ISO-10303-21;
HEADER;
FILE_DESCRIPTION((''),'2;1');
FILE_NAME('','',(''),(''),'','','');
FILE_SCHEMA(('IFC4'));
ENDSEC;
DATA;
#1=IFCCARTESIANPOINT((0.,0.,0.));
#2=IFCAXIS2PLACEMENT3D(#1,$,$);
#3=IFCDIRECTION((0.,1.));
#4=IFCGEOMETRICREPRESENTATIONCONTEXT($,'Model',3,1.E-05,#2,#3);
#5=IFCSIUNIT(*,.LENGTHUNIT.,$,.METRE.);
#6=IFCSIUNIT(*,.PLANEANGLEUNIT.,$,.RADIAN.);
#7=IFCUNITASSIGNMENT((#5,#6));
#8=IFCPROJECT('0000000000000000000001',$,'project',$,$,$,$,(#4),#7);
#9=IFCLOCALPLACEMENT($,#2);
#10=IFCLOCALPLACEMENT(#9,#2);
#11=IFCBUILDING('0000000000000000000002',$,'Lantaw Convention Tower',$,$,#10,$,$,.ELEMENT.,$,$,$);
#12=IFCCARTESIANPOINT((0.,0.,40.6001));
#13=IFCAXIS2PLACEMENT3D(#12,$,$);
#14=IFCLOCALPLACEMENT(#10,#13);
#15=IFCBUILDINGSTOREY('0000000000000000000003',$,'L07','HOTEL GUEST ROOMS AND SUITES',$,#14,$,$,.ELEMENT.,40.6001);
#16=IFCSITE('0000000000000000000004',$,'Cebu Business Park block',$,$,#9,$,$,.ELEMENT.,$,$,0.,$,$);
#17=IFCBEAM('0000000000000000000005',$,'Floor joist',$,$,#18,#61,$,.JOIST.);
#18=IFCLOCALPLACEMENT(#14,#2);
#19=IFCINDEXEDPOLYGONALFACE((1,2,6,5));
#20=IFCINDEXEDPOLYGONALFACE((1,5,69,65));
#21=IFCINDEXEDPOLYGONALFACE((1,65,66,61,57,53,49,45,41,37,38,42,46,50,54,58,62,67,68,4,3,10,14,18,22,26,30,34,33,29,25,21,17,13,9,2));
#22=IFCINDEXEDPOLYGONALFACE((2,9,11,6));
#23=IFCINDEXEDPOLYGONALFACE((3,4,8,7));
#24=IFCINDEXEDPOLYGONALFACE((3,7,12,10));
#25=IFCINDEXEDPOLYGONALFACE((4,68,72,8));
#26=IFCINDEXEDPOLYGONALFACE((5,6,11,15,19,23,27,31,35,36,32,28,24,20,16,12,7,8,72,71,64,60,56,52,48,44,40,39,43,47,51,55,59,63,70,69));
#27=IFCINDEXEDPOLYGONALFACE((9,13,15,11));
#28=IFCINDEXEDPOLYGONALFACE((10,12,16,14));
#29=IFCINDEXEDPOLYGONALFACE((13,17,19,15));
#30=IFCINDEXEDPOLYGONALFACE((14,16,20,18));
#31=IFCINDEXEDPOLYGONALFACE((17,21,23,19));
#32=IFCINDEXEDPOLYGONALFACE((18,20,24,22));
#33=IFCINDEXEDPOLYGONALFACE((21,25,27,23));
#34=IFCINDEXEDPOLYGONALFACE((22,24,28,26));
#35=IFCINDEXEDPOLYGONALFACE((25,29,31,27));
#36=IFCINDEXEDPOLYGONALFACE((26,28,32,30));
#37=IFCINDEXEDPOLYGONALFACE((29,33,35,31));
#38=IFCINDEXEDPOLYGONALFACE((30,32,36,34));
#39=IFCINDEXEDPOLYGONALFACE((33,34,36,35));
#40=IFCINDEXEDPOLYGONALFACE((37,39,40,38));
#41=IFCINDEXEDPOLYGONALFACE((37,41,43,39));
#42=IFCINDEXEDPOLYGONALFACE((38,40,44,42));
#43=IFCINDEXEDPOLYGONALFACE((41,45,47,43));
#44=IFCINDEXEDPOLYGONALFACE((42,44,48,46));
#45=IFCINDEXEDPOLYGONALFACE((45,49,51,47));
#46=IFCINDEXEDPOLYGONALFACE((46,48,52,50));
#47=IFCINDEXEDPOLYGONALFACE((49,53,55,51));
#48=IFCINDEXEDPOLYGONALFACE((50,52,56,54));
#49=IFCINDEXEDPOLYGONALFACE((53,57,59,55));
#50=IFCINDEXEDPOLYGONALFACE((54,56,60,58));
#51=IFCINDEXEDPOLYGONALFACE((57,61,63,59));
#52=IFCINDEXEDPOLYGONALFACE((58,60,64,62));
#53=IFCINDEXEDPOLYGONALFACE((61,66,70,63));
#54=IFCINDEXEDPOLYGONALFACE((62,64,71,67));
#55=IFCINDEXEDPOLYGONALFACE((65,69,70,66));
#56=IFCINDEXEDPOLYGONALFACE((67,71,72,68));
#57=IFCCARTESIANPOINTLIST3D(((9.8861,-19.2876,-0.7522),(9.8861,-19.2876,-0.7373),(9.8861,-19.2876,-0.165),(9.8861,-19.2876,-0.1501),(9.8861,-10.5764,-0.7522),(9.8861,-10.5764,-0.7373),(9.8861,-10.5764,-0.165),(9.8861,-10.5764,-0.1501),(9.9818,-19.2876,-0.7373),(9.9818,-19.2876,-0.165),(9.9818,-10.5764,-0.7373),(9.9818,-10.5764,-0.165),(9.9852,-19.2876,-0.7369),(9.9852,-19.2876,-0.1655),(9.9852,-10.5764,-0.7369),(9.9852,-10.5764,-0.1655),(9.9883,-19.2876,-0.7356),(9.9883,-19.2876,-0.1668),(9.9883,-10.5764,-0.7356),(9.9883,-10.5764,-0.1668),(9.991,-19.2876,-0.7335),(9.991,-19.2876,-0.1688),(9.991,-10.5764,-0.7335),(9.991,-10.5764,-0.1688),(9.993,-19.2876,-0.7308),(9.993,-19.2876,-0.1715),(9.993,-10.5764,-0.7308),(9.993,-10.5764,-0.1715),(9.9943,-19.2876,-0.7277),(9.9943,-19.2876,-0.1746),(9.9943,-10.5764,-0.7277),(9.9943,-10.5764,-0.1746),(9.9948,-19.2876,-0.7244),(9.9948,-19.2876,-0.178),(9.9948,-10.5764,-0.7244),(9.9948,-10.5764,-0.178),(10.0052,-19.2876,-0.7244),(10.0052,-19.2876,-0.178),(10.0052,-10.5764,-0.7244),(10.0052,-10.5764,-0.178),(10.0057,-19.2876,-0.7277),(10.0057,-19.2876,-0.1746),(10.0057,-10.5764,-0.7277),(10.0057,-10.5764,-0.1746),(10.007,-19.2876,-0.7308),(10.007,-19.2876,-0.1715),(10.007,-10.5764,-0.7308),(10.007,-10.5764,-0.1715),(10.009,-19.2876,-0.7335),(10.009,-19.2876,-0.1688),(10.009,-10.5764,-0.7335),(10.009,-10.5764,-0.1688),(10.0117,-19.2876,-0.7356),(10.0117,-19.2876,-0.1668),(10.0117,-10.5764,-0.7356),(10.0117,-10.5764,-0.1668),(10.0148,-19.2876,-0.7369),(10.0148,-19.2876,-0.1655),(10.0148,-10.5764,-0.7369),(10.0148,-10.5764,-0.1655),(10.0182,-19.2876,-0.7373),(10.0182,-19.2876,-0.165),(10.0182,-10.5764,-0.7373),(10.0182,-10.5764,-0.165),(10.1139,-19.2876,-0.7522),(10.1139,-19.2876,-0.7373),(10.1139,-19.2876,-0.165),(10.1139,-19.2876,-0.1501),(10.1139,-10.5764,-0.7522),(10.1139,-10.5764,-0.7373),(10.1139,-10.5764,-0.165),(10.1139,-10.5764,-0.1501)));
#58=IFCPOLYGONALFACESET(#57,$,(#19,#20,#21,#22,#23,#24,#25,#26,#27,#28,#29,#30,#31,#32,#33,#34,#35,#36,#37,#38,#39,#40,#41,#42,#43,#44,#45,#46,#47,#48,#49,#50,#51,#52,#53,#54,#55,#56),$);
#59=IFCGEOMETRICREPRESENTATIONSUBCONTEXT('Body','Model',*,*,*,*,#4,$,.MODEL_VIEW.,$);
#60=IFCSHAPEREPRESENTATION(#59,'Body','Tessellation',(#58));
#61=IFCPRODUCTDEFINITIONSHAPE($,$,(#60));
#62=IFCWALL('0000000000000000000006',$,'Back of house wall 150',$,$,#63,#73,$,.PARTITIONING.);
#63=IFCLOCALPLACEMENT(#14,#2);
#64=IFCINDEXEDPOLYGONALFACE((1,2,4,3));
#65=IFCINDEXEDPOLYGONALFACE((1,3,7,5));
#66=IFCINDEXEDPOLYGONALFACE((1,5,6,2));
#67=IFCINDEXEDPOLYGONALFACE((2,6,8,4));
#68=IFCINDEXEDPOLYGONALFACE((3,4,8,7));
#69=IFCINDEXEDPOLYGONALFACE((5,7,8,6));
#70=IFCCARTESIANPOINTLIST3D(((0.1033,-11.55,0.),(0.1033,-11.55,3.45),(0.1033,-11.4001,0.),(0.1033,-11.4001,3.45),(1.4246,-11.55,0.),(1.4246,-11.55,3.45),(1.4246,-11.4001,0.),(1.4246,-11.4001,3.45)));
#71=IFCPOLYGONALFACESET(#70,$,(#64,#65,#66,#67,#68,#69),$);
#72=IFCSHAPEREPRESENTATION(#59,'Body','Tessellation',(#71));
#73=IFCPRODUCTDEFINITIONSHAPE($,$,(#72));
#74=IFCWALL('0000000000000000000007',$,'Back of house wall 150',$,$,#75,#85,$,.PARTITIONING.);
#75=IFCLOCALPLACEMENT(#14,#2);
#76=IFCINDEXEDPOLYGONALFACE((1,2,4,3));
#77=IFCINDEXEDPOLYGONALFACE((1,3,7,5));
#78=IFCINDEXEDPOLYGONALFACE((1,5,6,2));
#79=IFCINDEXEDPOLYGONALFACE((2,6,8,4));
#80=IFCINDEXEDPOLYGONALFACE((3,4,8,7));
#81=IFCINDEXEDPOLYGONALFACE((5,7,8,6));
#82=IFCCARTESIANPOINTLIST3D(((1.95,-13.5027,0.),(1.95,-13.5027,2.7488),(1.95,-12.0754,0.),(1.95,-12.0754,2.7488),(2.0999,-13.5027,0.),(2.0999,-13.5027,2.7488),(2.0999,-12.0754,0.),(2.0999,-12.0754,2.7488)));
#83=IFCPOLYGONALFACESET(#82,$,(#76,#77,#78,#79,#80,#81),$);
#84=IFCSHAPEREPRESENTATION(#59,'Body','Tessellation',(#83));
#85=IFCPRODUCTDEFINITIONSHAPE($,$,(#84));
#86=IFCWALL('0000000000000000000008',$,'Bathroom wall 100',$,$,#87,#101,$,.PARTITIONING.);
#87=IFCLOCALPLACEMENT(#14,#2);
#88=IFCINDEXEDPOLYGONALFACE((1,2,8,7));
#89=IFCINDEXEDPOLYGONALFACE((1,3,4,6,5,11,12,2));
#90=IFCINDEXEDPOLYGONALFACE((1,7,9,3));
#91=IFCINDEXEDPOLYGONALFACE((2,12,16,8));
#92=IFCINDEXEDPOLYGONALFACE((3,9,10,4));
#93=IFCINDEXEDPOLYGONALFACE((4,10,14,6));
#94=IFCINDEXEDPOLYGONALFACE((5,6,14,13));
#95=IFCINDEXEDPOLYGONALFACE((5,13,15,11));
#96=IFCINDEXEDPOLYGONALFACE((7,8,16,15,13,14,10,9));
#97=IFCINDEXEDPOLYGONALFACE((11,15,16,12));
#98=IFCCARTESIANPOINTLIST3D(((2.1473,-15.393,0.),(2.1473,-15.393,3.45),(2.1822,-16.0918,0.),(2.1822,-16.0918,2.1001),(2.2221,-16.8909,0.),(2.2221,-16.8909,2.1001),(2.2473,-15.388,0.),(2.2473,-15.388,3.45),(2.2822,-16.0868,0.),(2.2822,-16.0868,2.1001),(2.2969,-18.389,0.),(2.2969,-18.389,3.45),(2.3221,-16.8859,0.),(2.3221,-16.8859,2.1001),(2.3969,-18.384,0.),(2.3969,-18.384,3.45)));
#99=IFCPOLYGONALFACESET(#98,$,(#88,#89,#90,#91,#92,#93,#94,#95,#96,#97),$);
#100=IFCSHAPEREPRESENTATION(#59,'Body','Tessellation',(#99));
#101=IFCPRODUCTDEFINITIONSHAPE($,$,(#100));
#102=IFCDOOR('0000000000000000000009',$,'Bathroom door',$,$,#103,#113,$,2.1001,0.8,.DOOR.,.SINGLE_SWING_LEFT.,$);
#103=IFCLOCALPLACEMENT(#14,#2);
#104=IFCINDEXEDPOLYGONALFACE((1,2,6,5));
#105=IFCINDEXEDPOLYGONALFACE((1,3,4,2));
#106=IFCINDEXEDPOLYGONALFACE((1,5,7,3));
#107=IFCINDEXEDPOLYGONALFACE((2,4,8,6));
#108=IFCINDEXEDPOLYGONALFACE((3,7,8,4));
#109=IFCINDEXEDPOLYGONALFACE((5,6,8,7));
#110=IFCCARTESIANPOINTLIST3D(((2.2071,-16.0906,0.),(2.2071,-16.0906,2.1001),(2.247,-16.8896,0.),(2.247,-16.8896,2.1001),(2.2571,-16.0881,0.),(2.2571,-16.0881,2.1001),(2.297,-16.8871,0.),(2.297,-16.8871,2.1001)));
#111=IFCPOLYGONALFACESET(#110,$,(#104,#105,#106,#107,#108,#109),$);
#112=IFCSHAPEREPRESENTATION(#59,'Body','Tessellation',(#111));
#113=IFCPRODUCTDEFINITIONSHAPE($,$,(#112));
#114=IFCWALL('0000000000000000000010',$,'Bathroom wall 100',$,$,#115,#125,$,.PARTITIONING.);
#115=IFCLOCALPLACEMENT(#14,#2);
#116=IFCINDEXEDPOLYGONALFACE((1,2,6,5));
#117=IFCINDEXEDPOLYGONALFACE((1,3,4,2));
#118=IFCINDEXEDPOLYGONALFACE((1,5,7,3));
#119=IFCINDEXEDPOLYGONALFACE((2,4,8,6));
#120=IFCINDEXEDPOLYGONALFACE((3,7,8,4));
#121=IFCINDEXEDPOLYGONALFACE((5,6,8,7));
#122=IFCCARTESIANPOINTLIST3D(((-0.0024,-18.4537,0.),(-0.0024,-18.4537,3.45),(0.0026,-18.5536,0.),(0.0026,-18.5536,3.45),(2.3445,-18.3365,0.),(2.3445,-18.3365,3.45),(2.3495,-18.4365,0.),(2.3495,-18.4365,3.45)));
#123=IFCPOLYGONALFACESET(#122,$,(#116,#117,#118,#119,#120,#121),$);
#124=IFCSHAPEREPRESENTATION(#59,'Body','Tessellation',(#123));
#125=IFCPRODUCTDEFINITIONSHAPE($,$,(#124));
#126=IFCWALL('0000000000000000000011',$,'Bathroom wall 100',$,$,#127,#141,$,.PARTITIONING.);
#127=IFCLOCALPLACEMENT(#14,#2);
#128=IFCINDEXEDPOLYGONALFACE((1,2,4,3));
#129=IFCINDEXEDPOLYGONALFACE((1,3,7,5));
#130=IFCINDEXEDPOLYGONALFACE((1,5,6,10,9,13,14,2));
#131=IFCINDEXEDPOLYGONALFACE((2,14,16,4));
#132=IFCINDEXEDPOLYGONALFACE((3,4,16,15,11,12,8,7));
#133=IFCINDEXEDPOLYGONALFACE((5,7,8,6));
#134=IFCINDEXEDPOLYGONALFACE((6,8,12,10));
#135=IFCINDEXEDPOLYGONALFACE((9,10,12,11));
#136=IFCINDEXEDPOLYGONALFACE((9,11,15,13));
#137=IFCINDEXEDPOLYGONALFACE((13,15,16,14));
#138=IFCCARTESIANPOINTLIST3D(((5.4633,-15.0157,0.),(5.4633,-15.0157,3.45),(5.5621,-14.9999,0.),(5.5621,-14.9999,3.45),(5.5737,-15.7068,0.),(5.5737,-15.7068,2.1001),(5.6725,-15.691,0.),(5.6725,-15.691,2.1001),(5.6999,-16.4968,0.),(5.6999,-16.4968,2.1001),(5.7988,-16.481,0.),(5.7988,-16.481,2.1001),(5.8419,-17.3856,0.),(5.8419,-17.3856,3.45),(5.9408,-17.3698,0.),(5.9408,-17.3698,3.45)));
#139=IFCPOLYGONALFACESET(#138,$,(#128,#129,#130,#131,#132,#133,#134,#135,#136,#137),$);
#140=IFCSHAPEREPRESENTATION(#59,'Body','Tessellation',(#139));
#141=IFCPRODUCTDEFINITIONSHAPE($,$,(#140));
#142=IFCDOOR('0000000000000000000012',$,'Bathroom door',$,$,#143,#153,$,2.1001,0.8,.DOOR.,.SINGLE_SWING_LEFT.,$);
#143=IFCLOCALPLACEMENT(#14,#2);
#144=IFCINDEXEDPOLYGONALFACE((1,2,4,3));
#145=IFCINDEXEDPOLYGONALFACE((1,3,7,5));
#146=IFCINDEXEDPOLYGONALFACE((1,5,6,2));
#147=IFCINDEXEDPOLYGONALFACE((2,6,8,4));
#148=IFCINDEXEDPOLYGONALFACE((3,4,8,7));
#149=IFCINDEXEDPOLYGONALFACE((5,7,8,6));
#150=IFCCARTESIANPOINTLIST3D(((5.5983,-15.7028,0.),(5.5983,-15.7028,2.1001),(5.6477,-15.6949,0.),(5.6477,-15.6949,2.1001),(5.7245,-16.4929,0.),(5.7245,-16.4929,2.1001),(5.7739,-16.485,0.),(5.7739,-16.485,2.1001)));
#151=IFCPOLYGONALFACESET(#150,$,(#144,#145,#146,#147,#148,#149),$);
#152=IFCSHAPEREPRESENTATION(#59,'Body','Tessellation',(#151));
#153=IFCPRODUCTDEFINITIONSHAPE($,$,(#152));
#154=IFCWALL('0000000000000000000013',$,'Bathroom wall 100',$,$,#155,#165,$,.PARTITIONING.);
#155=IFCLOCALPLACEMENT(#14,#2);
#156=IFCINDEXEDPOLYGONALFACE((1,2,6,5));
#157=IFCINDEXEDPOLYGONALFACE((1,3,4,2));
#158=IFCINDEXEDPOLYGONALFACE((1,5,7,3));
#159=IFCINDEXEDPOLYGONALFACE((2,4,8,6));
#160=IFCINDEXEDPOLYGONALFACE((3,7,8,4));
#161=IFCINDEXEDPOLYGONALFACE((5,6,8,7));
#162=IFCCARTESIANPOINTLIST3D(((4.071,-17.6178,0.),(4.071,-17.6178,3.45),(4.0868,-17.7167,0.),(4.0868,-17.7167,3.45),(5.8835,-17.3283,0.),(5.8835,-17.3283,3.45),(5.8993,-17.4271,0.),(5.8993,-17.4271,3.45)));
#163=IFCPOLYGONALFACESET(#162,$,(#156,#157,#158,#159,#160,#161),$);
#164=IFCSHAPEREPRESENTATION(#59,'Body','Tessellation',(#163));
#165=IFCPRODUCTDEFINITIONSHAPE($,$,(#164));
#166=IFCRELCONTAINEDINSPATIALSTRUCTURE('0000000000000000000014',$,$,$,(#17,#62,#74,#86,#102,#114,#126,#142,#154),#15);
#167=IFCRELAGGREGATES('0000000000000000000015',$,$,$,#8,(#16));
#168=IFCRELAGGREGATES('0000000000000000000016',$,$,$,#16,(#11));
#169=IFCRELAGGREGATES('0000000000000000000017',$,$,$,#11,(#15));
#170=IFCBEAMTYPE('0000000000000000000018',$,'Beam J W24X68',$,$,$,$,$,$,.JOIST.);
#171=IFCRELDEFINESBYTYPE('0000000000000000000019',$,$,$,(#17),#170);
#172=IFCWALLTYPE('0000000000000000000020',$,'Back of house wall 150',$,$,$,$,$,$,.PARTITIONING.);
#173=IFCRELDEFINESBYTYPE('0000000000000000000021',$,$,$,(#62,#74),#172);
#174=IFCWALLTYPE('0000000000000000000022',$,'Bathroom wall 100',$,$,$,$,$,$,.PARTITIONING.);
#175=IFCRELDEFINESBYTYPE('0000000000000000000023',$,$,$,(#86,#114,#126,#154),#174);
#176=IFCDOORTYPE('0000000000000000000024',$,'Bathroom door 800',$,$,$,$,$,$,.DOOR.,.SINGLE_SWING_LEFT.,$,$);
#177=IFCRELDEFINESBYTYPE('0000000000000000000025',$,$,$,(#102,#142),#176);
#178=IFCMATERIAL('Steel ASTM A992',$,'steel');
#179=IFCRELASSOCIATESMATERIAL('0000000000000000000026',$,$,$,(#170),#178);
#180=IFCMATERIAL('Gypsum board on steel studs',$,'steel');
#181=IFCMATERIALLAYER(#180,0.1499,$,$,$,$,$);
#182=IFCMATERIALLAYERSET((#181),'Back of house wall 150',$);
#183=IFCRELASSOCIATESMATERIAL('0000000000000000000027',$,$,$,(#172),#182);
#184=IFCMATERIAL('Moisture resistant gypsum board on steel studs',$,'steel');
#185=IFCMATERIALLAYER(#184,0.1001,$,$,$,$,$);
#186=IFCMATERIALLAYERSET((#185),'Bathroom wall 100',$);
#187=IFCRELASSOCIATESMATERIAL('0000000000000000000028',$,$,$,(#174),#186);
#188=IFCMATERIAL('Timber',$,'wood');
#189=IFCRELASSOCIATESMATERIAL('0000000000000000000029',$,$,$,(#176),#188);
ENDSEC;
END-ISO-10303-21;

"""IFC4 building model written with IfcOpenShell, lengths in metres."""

from ifc_helpers import new_model, si_unit, direction, frame, frame_2d, origin, origin_2d, place, context, subcontext, project, spatial, rectangle, i_section, extrude, material, layer, layer_set, material_profile, profile_set, type_object, element, fill, save


model = new_model("IFC4")

# Units and contexts
model_context = context("Model", 3, precision=1e-05, world=origin(), true_north=direction((0.0, 1.0)))
body_context = subcontext(model_context, "Body", "Model", "MODEL_VIEW")
ifc_project = project(units=[si_unit("LENGTHUNIT", "METRE"), si_unit("PLANEANGLEUNIT", "RADIAN")], contexts=[model_context])

# Site, building, storey
site_placement = place(None, origin())
site = spatial("IfcSite", under=ifc_project, at=site_placement, Name="Cebu Business Park block", CompositionType="ELEMENT", RefElevation=0.0)
building_placement = place(site_placement, origin())
building = spatial("IfcBuilding", under=site, at=building_placement, Name="Lantaw Convention Tower", CompositionType="ELEMENT")
storey_placement = place(building_placement, frame((0.0, 0.0, 40.6001)))
storey = spatial("IfcBuildingStorey", under=building, at=storey_placement, Name="L07", Description="HOTEL GUEST ROOMS AND SUITES", CompositionType="ELEMENT", Elevation=40.6001)

# Beam
ifc_material_1 = material(Name="Steel ASTM A992", Category="steel")
ifc_material_profile = material_profile(ifc_material_1, i_section(OverallWidth=0.2278, OverallDepth=0.6021, WebThickness=0.0105, FlangeThickness=0.0149, FilletRadius=0.0129, at=origin_2d()), Name="W24X68")
ifc_profile_set = profile_set([ifc_material_profile], Name="Steel ASTM A992")
beam_type = type_object("IfcBeamType", Name="Beam J W24X68", PredefinedType="JOIST", material=ifc_profile_set)
beam_placement = place(storey_placement, frame((10.0, -19.2876, -0.4512), z_axis=(0.0, 1.0, 0.0), x_axis=(-1.0, 0.0, 0.0)))
element("IfcBeam", 1, at=beam_placement, inside=storey, type_object=beam_type, Name="Floor joist", PredefinedType="JOIST", context=body_context, shape_type="SweptSolid", body=[
    extrude(i_section(OverallWidth=0.2278, OverallDepth=0.6021, WebThickness=0.0105, FlangeThickness=0.0149, FilletRadius=0.0129, at=origin_2d()), origin(), (0.0, 0.0, 1.0), 8.7112),
])

# Walls
ifc_material_2 = material(Name="Gypsum board on steel studs", Category="steel")
ifc_layer_1 = layer(ifc_material_2, 0.1499)
ifc_layer_set_1 = layer_set([ifc_layer_1], Name="Back of house wall 150")
wall_type_1 = type_object("IfcWallType", Name="Back of house wall 150", PredefinedType="PARTITIONING", material=ifc_layer_set_1)
wall_1_placement = place(storey_placement, frame((0.1033, -11.4751, 0.0), z_axis=(0.0, 0.0, 1.0), x_axis=(1.0, 0.0, 0.0)))
element("IfcWall", 2, at=wall_1_placement, inside=storey, type_object=wall_type_1, Name="Back of house wall 150", PredefinedType="PARTITIONING", context=body_context, shape_type="SweptSolid", body=[
    extrude(rectangle(XDim=1.3213, YDim=0.1499, at=frame_2d((0.6606, 0.0))), origin(), (0.0, 0.0, 1.0), 3.45),
])
wall_2_placement = place(storey_placement, frame((2.0249, -12.0754, 0.0), z_axis=(0.0, 0.0, 1.0), x_axis=(0.0, -1.0, 0.0)))
element("IfcWall", 3, at=wall_2_placement, inside=storey, type_object=wall_type_1, Name="Back of house wall 150", PredefinedType="PARTITIONING", context=body_context, shape_type="SweptSolid", body=[
    extrude(rectangle(XDim=1.4272, YDim=0.1499, at=frame_2d((0.7136, 0.0))), origin(), (0.0, 0.0, 1.0), 2.7488),
])

# Wall, opening, door
ifc_material_3 = material(Name="Moisture resistant gypsum board on steel studs", Category="steel")
ifc_layer_2 = layer(ifc_material_3, 0.1001)
ifc_layer_set_2 = layer_set([ifc_layer_2], Name="Bathroom wall 100")
wall_type_2 = type_object("IfcWallType", Name="Bathroom wall 100", PredefinedType="PARTITIONING", material=ifc_layer_set_2)
wall_3_placement = place(storey_placement, frame((2.1973, -15.3904, 0.0), z_axis=(0.0, 0.0, 1.0), x_axis=(0.049889, -0.998755, 0.0)))
wall_3 = element("IfcWall", 4, at=wall_3_placement, inside=storey, type_object=wall_type_2, Name="Bathroom wall 100", PredefinedType="PARTITIONING", context=body_context, shape_type="SweptSolid", body=[
    extrude(rectangle(XDim=2.9998, YDim=0.1001, at=frame_2d((1.5, 0.0))), origin(), (0.0, 0.0, 1.0), 3.45),
])
opening_1_placement = place(wall_3_placement, frame((0.7, 0.0, 0.0)))
opening_1 = element("IfcOpeningElement", 5, at=opening_1_placement, cuts=wall_3, PredefinedType="OPENING", context=body_context, shape_type="SweptSolid", body=[
    extrude(rectangle(XDim=0.8, YDim=2.1001, at=frame_2d((0.3999, 1.05))), frame((0.0, 0.0601, 0.0), z_axis=(0.0, -1.0, 0.0), x_axis=(1.0, 0.0, 0.0)), (0.0, 0.0, 1.0), 0.1201),
])
ifc_material_4 = material(Name="Timber", Category="wood")
door_type_1 = type_object("IfcDoorType", Name="Bathroom door 800", OperationType="SINGLE_SWING_LEFT", PredefinedType="DOOR", material=ifc_material_4)
door_1_placement = place(opening_1_placement, origin())
door_1 = element("IfcDoor", 6, at=door_1_placement, inside=storey, type_object=door_type_1, Name="Bathroom door", OperationType="SINGLE_SWING_LEFT", OverallHeight=2.1001, OverallWidth=0.8, PredefinedType="DOOR", context=body_context, shape_type="SweptSolid", body=[
    extrude(rectangle(XDim=0.8, YDim=2.1001, at=frame_2d((0.3999, 1.05))), frame((0.0, 0.0249, 0.0), z_axis=(0.0, -1.0, 0.0), x_axis=(1.0, 0.0, 0.0)), (0.0, 0.0, 1.0), 0.05),
])
fill(opening_1, door_1)

# Wall
wall_4_placement = place(storey_placement, frame((2.3469, -18.3865, 0.0), z_axis=(0.0, 0.0, 1.0), x_axis=(-0.998756, -0.04987, 0.0)))
element("IfcWall", 7, at=wall_4_placement, inside=storey, type_object=wall_type_2, Name="Bathroom wall 100", PredefinedType="PARTITIONING", context=body_context, shape_type="SweptSolid", body=[
    extrude(rectangle(XDim=2.3499, YDim=0.1001, at=frame_2d((1.1748, 0.0))), origin(), (0.0, 0.0, 1.0), 3.45),
])

# Wall, opening, door
wall_5_placement = place(storey_placement, frame((5.5127, -15.0078, 0.0), z_axis=(0.0, 0.0, 1.0), x_axis=(0.15778, -0.987474, 0.0)))
wall_5 = element("IfcWall", 8, at=wall_5_placement, inside=storey, type_object=wall_type_2, Name="Bathroom wall 100", PredefinedType="PARTITIONING", context=body_context, shape_type="SweptSolid", body=[
    extrude(rectangle(XDim=2.3999, YDim=0.1001, at=frame_2d((1.2, 0.0))), origin(), (0.0, 0.0, 1.0), 3.45),
])
opening_2_placement = place(wall_5_placement, frame((0.7, 0.0, 0.0)))
opening_2 = element("IfcOpeningElement", 9, at=opening_2_placement, cuts=wall_5, PredefinedType="OPENING", context=body_context, shape_type="SweptSolid", body=[
    extrude(rectangle(XDim=0.8, YDim=2.1001, at=frame_2d((0.3999, 1.05))), frame((0.0, 0.0601, 0.0), z_axis=(0.0, -1.0, 0.0), x_axis=(1.0, 0.0, 0.0)), (0.0, 0.0, 1.0), 0.1201),
])
door_2_placement = place(opening_2_placement, origin())
door_2 = element("IfcDoor", 10, at=door_2_placement, inside=storey, type_object=door_type_1, Name="Bathroom door", OperationType="SINGLE_SWING_LEFT", OverallHeight=2.1001, OverallWidth=0.8, PredefinedType="DOOR", context=body_context, shape_type="SweptSolid", body=[
    extrude(rectangle(XDim=0.8, YDim=2.1001, at=frame_2d((0.3999, 1.05))), frame((0.0, 0.0249, 0.0), z_axis=(0.0, -1.0, 0.0), x_axis=(1.0, 0.0, 0.0)), (0.0, 0.0, 1.0), 0.05),
])
fill(opening_2, door_2)

# Wall
wall_6_placement = place(storey_placement, frame((5.8914, -17.3777, 0.0), z_axis=(0.0, 0.0, 1.0), x_axis=(-0.987479, -0.157752, 0.0)))
element("IfcWall", 11, at=wall_6_placement, inside=storey, type_object=wall_type_2, Name="Bathroom wall 100", PredefinedType="PARTITIONING", context=body_context, shape_type="SweptSolid", body=[
    extrude(rectangle(XDim=1.8354, YDim=0.1001, at=frame_2d((0.9177, 0.0))), origin(), (0.0, 0.0, 1.0), 3.45),
])

save(model, "model.ifc")
